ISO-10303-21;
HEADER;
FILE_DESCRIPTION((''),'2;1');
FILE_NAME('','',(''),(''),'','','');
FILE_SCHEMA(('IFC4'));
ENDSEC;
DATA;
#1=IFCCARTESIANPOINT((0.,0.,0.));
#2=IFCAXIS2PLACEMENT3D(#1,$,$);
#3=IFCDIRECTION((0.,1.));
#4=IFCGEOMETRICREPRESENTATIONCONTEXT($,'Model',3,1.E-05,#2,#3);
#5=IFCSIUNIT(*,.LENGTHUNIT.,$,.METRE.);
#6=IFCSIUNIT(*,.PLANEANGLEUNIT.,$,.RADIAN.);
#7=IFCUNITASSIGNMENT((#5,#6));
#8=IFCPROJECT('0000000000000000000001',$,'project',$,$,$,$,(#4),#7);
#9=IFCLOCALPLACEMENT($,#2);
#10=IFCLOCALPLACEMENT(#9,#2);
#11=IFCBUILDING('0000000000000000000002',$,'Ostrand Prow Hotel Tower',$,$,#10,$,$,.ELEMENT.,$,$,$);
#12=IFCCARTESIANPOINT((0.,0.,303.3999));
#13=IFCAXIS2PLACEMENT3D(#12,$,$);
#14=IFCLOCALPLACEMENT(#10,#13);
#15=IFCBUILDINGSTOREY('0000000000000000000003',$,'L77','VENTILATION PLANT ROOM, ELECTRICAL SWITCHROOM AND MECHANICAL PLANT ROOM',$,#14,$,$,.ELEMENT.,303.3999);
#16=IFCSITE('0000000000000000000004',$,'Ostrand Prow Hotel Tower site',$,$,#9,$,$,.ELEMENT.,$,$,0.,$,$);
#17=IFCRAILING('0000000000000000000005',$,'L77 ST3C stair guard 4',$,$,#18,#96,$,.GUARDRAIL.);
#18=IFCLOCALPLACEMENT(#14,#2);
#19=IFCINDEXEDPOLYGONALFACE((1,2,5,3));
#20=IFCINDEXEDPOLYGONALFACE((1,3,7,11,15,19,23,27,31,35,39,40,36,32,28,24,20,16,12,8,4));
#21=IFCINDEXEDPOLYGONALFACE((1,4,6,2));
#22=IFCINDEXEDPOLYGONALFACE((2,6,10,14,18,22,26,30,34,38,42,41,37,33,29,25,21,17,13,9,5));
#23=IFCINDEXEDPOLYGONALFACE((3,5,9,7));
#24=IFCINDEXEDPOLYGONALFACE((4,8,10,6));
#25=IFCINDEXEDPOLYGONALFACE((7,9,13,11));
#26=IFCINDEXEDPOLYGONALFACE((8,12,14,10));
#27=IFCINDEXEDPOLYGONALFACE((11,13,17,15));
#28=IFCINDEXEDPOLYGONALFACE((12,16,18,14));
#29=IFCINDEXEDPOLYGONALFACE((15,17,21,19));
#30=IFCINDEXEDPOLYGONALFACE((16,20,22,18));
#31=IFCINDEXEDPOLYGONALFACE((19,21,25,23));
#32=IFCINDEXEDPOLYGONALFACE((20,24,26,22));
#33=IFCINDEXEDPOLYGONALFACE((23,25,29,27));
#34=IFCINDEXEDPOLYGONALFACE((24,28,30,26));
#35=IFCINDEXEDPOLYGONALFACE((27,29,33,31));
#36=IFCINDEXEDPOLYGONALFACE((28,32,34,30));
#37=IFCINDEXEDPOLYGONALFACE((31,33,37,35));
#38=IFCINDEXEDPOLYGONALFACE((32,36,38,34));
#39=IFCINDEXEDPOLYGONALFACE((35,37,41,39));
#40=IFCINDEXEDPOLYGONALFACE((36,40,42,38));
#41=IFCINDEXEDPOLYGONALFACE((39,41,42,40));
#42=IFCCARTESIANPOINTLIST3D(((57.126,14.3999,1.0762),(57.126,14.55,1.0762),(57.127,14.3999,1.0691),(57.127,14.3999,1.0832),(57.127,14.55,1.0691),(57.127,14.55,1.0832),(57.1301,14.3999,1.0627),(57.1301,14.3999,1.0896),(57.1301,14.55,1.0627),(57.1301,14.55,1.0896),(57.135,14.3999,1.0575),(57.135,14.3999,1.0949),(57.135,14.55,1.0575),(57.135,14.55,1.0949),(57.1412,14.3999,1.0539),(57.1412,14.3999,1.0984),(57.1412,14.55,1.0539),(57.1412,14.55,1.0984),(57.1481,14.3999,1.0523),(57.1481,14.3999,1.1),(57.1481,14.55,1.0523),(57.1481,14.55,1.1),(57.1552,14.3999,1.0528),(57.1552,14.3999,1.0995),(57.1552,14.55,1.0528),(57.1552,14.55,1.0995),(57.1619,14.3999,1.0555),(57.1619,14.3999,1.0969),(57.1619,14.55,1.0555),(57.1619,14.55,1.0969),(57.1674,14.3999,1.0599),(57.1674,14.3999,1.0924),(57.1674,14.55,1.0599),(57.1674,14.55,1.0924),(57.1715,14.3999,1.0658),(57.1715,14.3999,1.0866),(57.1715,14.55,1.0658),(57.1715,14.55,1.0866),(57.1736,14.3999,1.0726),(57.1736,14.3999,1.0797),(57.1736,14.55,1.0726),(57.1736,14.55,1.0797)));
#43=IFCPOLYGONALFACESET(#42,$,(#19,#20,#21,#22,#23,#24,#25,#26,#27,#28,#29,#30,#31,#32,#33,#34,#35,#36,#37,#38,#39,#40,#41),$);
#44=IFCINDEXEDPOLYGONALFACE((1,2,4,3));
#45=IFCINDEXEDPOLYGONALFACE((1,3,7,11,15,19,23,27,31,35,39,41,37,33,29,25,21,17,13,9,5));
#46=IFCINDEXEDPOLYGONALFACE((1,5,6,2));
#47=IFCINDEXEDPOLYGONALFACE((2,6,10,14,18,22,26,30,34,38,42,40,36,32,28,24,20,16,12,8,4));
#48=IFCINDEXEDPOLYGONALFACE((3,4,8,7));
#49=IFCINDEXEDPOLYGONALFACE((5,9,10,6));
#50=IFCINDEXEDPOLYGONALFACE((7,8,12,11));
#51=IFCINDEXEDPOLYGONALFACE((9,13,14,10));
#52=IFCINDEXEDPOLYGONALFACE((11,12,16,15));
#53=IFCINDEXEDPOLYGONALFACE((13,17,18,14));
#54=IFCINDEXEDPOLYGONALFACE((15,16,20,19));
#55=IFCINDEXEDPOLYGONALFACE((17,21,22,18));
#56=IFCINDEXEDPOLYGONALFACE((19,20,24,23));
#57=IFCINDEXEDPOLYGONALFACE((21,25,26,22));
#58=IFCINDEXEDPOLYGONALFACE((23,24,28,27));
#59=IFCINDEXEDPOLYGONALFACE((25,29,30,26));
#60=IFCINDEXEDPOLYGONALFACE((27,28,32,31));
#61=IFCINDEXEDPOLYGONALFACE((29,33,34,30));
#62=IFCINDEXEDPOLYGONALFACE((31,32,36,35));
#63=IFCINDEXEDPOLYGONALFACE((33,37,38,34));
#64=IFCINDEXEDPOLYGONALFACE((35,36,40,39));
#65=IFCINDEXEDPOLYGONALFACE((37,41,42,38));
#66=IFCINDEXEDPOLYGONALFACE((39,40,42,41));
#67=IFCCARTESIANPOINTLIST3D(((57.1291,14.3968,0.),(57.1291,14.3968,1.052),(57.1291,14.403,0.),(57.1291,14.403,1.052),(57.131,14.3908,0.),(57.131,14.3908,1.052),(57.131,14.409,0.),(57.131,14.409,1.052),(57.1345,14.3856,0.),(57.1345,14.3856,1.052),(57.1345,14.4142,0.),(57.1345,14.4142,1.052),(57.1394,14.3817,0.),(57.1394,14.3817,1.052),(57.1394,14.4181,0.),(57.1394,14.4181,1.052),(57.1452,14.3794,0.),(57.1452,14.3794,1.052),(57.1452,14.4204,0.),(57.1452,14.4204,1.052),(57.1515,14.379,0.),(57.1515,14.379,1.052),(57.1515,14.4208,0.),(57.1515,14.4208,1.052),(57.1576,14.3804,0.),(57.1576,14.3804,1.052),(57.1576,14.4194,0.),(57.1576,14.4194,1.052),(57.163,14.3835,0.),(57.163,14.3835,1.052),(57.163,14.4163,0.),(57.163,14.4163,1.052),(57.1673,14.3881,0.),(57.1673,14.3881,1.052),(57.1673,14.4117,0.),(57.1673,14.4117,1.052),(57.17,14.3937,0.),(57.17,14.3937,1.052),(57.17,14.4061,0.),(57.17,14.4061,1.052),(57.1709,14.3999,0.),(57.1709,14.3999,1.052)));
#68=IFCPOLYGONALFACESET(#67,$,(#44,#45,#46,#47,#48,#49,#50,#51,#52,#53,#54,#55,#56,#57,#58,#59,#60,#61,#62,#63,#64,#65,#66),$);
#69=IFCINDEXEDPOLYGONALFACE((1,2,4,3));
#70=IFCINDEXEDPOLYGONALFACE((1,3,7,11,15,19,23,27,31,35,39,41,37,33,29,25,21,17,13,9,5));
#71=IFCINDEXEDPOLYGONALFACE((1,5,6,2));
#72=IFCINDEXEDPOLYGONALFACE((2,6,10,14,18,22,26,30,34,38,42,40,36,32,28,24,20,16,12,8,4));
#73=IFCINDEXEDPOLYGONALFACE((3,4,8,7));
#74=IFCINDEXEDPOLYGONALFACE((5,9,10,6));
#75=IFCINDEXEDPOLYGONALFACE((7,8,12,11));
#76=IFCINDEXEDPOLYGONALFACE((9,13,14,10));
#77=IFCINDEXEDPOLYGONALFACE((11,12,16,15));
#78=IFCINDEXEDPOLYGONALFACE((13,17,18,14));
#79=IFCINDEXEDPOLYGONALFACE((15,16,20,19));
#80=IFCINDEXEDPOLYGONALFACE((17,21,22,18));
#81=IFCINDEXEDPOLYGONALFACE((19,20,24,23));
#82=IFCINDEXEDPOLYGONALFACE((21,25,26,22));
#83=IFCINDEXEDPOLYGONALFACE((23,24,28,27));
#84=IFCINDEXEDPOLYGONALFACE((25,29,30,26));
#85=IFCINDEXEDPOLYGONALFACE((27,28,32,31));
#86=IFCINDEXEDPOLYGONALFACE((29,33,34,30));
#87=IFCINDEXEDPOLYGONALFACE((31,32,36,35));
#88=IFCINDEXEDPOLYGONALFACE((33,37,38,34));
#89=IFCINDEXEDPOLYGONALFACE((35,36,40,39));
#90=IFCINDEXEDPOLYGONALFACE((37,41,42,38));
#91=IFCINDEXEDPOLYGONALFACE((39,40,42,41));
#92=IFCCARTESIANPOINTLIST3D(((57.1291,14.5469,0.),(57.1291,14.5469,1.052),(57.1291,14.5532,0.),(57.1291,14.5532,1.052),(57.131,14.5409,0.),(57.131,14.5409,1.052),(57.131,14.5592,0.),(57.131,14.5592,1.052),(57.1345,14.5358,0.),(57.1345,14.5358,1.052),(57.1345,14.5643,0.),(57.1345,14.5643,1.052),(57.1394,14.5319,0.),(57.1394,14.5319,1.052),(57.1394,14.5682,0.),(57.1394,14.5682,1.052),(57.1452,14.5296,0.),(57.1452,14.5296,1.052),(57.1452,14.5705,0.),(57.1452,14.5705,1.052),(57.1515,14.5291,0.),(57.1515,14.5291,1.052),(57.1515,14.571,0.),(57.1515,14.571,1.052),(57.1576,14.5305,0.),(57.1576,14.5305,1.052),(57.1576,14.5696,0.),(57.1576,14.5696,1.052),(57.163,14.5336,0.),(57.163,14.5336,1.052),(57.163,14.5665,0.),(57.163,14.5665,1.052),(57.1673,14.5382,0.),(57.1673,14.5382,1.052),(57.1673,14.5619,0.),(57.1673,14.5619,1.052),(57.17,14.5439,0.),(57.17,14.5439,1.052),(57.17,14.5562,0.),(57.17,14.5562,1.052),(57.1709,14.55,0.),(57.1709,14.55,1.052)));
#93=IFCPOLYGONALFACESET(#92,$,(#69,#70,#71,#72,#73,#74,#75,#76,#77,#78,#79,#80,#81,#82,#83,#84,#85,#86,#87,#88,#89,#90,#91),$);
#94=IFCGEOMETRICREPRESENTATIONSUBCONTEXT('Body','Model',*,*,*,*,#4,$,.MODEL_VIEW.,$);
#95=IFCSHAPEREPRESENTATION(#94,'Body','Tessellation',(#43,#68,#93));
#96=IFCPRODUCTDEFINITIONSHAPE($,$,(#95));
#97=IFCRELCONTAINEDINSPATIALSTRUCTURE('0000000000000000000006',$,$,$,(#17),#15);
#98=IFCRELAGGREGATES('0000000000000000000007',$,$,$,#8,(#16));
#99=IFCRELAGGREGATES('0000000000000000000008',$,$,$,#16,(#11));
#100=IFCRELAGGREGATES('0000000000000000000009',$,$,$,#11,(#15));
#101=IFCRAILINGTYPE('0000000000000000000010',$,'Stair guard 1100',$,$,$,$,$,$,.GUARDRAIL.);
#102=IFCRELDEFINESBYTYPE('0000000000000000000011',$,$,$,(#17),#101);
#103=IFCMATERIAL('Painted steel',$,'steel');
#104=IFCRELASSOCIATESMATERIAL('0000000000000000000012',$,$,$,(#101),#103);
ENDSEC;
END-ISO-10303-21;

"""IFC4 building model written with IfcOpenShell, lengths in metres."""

from ifc_helpers import new_model, si_unit, direction, frame, origin, origin_2d, place, context, subcontext, project, spatial, circle, extrude, material, type_object, element, save


model = new_model("IFC4")

# Units and contexts
model_context = context("Model", 3, precision=1e-05, world=origin(), true_north=direction((0.0, 1.0)))
body_context = subcontext(model_context, "Body", "Model", "MODEL_VIEW")
ifc_project = project(units=[si_unit("LENGTHUNIT", "METRE"), si_unit("PLANEANGLEUNIT", "RADIAN")], contexts=[model_context])

# Site, building, storey
site_placement = place(None, origin())
site = spatial("IfcSite", under=ifc_project, at=site_placement, Name="Ostrand Prow Hotel Tower site", CompositionType="ELEMENT", RefElevation=0.0)
building_placement = place(site_placement, origin())
building = spatial("IfcBuilding", under=site, at=building_placement, Name="Ostrand Prow Hotel Tower", CompositionType="ELEMENT")
storey_placement = place(building_placement, frame((0.0, 0.0, 303.3999)))
storey = spatial("IfcBuildingStorey", under=building, at=storey_placement, Name="L77", Description="VENTILATION PLANT ROOM, ELECTRICAL SWITCHROOM AND MECHANICAL PLANT ROOM", CompositionType="ELEMENT", Elevation=303.3999)

# Railing
ifc_material_1 = material(Name="Painted steel", Category="steel")
railing_type_1 = type_object("IfcRailingType", Name="Stair guard 1100", PredefinedType="GUARDRAIL", material=ifc_material_1)
railing_1_placement = place(storey_placement, frame((57.1499, 14.3999, 0.0)))
element("IfcRailing", 1, at=railing_1_placement, inside=storey, type_object=railing_type_1, Name="L77 ST3C stair guard 4", PredefinedType="GUARDRAIL", context=body_context, shape_type="SweptSolid", body=[
    extrude(circle(Radius=0.0239, at=origin_2d()), frame((0.0, 0.0, 1.0762), z_axis=(0.0, 1.0, 0.0), x_axis=(-1.0, 0.0, 0.0)), (0.0, 0.0, 1.0), 0.1501),
    extrude(circle(Radius=0.021, at=origin_2d()), origin(), (0.0, 0.0, 1.0), 1.052),
    extrude(circle(Radius=0.021, at=origin_2d()), frame((0.0, 0.1501, 0.0)), (0.0, 0.0, 1.0), 1.052),
])

save(model, "model.ifc")
